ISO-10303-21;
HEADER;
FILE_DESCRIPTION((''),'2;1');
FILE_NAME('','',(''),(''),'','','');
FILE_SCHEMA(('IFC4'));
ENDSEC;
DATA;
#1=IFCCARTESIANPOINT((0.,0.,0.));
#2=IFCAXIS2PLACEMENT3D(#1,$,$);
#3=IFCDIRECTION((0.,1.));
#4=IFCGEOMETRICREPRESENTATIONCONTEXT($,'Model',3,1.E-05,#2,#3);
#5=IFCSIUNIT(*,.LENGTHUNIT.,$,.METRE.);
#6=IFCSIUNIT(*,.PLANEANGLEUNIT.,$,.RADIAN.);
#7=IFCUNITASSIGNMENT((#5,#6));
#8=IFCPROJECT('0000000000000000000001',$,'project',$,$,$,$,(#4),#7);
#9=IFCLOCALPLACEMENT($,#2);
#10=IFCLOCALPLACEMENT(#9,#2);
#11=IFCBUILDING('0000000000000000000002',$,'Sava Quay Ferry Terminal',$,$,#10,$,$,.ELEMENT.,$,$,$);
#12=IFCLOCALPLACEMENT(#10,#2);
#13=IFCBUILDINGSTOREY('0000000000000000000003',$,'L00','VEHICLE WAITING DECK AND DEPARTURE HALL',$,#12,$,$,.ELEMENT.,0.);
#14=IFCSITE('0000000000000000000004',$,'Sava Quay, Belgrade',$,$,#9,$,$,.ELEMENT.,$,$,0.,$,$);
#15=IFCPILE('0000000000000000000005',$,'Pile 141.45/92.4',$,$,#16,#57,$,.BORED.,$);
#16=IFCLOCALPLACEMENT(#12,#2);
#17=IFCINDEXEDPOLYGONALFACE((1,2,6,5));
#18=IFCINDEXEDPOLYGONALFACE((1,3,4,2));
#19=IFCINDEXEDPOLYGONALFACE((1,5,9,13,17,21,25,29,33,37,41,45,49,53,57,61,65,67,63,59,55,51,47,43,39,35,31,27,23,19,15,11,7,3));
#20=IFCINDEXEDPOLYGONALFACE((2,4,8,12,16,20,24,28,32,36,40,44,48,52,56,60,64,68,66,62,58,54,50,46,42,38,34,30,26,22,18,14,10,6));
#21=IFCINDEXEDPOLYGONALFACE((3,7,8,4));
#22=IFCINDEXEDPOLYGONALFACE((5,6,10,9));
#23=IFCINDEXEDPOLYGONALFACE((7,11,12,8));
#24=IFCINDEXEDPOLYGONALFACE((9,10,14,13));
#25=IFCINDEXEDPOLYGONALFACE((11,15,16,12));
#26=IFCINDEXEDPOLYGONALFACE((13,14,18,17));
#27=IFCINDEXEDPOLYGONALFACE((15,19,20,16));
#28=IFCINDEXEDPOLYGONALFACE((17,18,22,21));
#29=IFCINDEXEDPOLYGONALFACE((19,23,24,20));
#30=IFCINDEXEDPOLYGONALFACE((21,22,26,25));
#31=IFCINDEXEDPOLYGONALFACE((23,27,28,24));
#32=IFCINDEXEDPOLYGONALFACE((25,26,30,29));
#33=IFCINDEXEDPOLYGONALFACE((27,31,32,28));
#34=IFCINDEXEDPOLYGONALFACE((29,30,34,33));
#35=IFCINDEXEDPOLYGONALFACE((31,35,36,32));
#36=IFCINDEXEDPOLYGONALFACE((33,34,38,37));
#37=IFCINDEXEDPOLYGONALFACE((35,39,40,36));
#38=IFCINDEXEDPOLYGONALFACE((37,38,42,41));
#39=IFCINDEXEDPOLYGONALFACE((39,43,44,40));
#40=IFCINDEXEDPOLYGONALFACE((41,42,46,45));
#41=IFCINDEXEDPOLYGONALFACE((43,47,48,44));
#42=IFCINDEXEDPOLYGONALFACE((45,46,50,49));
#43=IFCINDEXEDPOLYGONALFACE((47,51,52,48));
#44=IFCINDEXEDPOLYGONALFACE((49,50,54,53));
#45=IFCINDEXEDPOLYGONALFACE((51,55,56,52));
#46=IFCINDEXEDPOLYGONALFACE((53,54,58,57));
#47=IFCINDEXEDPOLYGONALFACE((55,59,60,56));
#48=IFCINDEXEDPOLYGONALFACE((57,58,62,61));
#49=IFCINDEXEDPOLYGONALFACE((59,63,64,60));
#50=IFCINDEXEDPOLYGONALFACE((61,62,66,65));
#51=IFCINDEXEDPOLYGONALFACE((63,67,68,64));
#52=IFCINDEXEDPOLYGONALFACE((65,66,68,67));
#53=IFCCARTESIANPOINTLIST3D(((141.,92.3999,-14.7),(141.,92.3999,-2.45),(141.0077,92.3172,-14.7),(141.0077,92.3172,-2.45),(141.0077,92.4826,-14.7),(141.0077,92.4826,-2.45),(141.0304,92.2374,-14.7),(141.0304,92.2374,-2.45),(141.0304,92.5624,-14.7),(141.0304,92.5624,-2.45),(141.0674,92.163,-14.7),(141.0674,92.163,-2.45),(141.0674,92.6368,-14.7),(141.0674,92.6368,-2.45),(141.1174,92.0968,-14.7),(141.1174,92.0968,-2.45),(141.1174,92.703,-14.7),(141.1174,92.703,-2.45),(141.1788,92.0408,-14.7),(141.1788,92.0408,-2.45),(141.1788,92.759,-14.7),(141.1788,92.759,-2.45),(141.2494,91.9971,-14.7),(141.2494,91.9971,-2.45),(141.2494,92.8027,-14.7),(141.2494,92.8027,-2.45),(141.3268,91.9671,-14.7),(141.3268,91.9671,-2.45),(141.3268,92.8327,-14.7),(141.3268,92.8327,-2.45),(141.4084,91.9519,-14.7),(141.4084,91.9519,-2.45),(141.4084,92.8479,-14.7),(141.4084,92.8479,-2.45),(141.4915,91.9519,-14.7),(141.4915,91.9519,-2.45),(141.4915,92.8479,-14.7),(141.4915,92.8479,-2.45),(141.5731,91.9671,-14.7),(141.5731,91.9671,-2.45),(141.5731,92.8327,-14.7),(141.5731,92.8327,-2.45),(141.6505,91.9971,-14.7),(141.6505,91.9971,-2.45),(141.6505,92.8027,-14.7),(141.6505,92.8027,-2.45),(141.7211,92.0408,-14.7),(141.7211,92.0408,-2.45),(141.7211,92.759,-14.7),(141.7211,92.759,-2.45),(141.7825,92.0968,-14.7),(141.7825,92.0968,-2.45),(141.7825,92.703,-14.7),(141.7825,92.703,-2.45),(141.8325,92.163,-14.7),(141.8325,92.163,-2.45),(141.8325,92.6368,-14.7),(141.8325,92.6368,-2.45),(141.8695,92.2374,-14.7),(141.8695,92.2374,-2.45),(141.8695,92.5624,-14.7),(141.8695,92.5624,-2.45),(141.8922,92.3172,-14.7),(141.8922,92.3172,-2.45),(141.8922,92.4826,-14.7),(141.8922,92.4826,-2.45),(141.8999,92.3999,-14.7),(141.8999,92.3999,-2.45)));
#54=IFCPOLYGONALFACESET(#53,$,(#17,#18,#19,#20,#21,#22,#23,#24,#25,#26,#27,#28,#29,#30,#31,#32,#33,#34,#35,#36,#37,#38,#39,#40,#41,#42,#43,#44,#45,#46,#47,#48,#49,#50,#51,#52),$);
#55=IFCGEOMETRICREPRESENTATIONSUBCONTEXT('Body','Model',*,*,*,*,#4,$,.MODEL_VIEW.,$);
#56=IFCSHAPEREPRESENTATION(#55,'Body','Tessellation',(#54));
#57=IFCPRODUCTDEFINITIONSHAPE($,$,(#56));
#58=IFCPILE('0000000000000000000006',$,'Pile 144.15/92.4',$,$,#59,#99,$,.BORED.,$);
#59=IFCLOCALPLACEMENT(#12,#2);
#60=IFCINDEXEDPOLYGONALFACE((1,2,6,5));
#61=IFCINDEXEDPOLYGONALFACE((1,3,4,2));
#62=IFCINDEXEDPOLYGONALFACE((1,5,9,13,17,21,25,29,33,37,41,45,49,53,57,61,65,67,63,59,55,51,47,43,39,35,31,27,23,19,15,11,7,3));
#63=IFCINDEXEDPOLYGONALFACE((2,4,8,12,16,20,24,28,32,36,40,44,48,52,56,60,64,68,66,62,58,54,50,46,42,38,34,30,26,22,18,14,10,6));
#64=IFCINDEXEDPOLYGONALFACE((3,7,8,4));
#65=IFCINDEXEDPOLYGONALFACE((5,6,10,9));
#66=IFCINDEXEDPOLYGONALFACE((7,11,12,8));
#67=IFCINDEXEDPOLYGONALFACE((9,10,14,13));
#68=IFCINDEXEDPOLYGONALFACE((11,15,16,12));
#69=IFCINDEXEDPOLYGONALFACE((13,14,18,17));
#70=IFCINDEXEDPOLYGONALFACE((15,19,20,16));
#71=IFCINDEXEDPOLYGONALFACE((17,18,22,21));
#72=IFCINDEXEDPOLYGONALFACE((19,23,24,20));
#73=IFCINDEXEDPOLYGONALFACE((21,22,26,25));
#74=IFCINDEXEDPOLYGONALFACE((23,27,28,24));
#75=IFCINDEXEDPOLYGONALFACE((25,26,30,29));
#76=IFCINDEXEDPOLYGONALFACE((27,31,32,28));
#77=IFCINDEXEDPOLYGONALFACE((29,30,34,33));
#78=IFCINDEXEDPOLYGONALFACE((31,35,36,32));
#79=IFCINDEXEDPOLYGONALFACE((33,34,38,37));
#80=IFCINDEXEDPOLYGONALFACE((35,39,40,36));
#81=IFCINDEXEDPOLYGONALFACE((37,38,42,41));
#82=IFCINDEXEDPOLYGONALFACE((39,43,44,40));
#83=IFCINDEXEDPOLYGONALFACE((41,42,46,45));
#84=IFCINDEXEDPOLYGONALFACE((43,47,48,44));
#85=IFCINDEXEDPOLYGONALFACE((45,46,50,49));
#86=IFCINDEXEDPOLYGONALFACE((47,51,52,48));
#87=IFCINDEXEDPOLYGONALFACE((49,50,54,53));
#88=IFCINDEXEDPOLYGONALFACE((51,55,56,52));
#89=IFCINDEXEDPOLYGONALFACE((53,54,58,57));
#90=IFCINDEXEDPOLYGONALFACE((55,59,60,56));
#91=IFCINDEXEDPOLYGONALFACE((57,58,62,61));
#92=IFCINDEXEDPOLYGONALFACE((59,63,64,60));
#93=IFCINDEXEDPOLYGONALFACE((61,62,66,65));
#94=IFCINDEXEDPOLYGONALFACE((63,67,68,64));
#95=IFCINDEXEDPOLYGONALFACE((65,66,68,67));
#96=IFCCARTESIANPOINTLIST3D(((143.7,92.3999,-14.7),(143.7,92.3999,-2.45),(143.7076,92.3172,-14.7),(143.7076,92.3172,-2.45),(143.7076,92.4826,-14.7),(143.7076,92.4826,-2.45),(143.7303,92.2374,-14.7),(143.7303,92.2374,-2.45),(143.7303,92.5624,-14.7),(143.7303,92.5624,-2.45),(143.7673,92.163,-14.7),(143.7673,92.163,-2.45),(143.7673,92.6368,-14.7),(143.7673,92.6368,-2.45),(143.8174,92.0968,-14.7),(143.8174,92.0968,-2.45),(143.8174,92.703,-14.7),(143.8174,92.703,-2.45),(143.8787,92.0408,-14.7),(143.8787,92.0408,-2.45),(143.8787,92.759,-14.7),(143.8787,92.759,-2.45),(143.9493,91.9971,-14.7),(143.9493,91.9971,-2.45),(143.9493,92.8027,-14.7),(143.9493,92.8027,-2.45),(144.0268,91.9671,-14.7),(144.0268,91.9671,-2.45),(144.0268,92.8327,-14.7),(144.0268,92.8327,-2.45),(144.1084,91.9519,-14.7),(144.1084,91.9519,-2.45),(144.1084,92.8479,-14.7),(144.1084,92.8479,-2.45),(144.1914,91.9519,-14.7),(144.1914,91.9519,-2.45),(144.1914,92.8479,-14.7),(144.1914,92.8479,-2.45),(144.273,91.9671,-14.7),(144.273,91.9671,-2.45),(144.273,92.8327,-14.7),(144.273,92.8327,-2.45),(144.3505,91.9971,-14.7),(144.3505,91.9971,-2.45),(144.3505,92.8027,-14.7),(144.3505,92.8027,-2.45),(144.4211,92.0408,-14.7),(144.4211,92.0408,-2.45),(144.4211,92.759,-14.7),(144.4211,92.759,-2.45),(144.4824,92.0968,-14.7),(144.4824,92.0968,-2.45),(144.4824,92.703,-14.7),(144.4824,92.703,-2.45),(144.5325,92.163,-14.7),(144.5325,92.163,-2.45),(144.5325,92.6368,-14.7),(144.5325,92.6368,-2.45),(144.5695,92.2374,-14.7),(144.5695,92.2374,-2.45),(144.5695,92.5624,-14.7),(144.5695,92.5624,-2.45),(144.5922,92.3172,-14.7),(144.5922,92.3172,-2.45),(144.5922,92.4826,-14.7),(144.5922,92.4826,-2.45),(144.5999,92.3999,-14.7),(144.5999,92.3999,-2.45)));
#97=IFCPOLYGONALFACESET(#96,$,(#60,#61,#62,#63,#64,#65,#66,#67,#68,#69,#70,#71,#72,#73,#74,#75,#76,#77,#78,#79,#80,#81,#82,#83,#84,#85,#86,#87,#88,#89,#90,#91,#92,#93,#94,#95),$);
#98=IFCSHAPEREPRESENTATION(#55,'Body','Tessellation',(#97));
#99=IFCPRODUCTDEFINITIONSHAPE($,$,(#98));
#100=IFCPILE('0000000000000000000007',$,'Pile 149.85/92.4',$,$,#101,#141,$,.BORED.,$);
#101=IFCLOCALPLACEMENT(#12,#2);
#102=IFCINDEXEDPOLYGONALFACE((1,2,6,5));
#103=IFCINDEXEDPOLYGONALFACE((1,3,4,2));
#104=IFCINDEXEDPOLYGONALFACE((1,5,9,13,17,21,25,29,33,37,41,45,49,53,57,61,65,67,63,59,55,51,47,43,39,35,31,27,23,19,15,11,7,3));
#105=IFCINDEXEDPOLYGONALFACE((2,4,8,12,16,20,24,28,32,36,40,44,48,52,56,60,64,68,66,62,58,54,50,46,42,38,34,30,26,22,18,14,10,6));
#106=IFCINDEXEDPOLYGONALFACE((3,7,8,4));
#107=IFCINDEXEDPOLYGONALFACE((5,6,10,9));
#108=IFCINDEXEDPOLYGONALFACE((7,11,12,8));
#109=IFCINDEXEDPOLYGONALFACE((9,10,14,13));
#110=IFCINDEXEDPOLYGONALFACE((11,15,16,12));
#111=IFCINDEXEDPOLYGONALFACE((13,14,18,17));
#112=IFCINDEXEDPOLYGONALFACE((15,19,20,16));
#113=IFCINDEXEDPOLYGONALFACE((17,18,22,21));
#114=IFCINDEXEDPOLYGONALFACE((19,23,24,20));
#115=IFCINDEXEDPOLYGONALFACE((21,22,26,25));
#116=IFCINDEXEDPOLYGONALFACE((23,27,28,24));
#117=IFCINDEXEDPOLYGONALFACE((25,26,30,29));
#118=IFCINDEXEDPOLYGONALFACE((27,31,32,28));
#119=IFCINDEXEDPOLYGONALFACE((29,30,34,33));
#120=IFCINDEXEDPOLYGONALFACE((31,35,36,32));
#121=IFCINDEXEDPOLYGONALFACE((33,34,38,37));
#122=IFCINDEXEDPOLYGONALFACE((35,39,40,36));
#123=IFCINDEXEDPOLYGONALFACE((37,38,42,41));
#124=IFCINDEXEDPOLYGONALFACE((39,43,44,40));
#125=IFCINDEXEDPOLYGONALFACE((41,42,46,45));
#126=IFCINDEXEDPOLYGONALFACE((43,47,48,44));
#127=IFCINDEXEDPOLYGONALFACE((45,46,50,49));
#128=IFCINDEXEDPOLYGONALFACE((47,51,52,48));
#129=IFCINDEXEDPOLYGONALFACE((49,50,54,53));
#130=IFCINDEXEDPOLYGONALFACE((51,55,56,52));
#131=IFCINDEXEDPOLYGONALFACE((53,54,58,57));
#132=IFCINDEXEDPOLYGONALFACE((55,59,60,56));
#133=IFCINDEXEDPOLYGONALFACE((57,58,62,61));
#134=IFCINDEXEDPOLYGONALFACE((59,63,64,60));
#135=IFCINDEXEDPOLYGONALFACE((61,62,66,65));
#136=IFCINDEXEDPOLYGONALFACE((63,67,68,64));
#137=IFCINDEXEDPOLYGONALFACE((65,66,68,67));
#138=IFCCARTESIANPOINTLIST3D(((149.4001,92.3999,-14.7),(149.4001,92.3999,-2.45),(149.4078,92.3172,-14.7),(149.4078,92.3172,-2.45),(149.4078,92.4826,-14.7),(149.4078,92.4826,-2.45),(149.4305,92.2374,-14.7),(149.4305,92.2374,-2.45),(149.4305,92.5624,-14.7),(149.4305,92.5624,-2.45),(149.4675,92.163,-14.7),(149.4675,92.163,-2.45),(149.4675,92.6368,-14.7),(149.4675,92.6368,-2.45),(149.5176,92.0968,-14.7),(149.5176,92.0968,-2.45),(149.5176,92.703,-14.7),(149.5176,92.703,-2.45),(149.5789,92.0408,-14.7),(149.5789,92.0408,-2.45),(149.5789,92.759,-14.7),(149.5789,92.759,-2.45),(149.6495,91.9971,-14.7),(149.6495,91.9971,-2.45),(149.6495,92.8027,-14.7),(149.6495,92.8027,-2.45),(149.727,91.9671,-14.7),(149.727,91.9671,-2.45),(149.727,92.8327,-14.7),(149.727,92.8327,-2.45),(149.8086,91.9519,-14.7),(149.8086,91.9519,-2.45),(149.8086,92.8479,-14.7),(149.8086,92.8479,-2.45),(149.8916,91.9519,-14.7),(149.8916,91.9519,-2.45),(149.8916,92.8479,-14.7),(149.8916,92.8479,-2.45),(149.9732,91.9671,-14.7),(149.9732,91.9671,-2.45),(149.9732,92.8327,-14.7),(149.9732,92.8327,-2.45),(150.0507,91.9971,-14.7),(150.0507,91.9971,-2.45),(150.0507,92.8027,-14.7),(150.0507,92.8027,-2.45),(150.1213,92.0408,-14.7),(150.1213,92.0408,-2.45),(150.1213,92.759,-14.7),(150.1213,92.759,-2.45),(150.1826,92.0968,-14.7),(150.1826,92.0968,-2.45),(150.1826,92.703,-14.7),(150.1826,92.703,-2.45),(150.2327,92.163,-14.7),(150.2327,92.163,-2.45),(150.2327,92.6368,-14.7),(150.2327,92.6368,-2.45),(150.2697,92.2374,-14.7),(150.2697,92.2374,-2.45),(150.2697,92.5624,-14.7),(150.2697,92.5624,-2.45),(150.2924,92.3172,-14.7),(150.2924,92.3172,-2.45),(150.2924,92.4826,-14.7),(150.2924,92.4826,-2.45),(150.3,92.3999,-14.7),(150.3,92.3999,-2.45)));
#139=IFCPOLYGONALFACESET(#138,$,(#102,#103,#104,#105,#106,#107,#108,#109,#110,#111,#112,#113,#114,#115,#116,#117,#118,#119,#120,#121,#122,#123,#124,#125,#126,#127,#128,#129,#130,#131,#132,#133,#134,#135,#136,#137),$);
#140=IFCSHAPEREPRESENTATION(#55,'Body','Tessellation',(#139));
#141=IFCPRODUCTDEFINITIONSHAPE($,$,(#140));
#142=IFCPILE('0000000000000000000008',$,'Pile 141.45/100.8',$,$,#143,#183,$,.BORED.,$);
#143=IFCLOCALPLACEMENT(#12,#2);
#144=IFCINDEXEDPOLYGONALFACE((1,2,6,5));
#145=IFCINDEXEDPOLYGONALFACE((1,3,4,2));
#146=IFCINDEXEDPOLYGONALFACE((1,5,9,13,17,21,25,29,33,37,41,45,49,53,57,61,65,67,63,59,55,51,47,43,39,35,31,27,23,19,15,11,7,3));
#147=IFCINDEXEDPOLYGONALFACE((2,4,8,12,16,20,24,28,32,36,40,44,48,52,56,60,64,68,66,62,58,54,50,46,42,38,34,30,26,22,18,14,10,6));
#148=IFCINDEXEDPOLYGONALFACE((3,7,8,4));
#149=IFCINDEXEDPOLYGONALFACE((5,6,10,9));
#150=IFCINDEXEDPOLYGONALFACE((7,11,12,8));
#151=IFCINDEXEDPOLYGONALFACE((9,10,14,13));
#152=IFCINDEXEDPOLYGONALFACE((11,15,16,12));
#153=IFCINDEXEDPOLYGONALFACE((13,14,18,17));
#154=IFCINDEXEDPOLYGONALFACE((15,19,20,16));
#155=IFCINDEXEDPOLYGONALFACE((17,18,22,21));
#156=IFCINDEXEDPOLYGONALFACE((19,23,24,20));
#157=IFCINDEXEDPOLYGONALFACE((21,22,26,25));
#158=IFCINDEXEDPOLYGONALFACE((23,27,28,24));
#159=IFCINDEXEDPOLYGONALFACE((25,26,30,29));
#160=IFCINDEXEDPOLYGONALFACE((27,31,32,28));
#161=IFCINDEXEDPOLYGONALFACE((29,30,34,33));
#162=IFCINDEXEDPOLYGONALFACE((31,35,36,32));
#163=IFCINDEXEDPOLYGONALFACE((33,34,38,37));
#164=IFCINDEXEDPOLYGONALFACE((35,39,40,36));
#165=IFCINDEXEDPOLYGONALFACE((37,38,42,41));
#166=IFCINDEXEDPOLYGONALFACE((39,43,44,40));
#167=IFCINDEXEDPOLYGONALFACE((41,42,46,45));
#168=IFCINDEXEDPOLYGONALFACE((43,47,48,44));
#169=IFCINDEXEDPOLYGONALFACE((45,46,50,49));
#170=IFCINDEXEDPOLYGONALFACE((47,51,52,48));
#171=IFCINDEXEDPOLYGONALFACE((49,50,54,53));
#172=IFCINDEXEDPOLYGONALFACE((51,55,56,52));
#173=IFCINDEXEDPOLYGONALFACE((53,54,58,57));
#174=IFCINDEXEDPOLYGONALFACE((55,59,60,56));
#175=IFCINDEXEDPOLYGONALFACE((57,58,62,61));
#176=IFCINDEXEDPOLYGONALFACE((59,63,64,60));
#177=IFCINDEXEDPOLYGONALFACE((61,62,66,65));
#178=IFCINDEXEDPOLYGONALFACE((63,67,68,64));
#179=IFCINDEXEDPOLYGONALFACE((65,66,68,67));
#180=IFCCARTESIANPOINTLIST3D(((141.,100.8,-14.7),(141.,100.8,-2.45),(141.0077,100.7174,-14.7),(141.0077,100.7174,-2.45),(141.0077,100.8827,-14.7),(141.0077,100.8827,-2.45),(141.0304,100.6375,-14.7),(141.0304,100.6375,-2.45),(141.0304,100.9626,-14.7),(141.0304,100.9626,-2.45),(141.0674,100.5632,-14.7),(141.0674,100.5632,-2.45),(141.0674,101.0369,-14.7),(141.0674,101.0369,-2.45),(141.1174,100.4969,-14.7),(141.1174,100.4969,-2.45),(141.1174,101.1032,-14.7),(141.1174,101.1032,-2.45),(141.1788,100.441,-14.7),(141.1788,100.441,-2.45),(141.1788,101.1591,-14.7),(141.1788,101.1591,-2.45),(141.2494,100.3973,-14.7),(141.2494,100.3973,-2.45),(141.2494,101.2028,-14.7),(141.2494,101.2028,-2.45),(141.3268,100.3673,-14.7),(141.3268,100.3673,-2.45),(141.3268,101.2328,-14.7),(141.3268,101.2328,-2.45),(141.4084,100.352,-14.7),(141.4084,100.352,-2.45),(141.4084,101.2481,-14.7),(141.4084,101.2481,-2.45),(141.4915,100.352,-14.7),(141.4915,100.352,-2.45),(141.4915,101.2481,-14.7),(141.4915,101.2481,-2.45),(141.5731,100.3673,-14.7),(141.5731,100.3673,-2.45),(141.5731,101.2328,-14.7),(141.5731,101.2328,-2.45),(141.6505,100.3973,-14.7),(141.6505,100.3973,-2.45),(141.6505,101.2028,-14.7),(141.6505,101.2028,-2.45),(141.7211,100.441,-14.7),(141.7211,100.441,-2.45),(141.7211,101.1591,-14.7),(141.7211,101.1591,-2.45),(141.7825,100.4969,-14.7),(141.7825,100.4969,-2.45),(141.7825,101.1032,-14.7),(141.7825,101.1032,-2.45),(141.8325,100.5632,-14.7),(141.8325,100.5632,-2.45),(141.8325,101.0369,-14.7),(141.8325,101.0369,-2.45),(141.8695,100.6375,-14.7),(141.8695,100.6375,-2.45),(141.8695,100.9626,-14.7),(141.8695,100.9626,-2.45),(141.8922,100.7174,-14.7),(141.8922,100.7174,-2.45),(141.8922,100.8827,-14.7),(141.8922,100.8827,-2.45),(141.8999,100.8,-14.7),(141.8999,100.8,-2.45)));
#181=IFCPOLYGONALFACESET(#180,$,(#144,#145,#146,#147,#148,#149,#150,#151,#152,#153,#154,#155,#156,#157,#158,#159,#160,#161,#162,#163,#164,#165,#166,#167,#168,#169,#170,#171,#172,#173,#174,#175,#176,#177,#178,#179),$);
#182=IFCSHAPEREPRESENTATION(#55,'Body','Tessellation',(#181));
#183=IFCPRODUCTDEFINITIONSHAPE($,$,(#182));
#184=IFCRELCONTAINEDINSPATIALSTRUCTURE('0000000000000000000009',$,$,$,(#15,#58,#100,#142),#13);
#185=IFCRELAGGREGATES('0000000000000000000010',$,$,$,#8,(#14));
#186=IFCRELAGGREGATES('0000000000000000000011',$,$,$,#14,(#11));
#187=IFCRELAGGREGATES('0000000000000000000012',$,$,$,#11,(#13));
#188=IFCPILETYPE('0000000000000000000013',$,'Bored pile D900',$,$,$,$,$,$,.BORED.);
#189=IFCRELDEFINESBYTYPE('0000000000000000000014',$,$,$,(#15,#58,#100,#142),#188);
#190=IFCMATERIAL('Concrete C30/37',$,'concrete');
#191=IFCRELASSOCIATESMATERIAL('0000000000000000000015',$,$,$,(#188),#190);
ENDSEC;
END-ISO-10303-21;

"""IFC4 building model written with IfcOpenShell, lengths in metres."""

from ifc_helpers import new_model, si_unit, direction, frame, origin, origin_2d, place, context, subcontext, project, spatial, circle, extrude, material, material_profile, profile_set, type_object, element, save


model = new_model("IFC4")

# Units and contexts
model_context = context("Model", 3, precision=1e-05, world=origin(), true_north=direction((0.0, 1.0)))
body_context = subcontext(model_context, "Body", "Model", "MODEL_VIEW")
ifc_project = project(units=[si_unit("LENGTHUNIT", "METRE"), si_unit("PLANEANGLEUNIT", "RADIAN")], contexts=[model_context])

# Site, building, storey
site_placement = place(None, origin())
site = spatial("IfcSite", under=ifc_project, at=site_placement, Name="Sava Quay, Belgrade", CompositionType="ELEMENT", RefElevation=0.0)
building_placement = place(site_placement, origin())
building = spatial("IfcBuilding", under=site, at=building_placement, Name="Sava Quay Ferry Terminal", CompositionType="ELEMENT")
storey_placement = place(building_placement, origin())
storey = spatial("IfcBuildingStorey", under=building, at=storey_placement, Name="L00", Description="VEHICLE WAITING DECK AND DEPARTURE HALL", CompositionType="ELEMENT", Elevation=0.0)

# Piles
ifc_material_1 = material(Name="Concrete C30/37", Category="concrete")
ifc_material_profile_1 = material_profile(ifc_material_1, circle(Radius=0.45, at=origin_2d()), Name="Bored pile D900")
ifc_profile_set_1 = profile_set([ifc_material_profile_1], Name="Concrete C30/37")
pile_type = type_object("IfcPileType", Name="Bored pile D900", PredefinedType="BORED", material=ifc_profile_set_1)
for number, where, z_axis, x_axis, name in (
    (1, (141.45, 92.3999, -2.45), (0.0, 0.0, -1.0), (1.0, 0.0, 0.0), "Pile 141.45/92.4"),
    (2, (144.1499, 92.3999, -2.45), (0.0, 0.0, -1.0), (1.0, 0.0, 0.0), "Pile 144.15/92.4"),
    (3, (149.8501, 92.3999, -2.45), (0.0, 0.0, -1.0), (1.0, 0.0, 0.0), "Pile 149.85/92.4"),
    (4, (141.45, 100.8, -2.45), (0.0, 0.0, -1.0), (1.0, 0.0, 0.0), "Pile 141.45/100.8"),
):
    element("IfcPile", number, at=place(storey_placement, frame(where, z_axis=z_axis, x_axis=x_axis)), inside=storey, type_object=pile_type, Name=name, PredefinedType="BORED", context=body_context, shape_type="SweptSolid", body=[
        extrude(circle(Radius=0.45, at=origin_2d()), origin(), (0.0, 0.0, 1.0), 12.25),
    ])

save(model, "model.ifc")
